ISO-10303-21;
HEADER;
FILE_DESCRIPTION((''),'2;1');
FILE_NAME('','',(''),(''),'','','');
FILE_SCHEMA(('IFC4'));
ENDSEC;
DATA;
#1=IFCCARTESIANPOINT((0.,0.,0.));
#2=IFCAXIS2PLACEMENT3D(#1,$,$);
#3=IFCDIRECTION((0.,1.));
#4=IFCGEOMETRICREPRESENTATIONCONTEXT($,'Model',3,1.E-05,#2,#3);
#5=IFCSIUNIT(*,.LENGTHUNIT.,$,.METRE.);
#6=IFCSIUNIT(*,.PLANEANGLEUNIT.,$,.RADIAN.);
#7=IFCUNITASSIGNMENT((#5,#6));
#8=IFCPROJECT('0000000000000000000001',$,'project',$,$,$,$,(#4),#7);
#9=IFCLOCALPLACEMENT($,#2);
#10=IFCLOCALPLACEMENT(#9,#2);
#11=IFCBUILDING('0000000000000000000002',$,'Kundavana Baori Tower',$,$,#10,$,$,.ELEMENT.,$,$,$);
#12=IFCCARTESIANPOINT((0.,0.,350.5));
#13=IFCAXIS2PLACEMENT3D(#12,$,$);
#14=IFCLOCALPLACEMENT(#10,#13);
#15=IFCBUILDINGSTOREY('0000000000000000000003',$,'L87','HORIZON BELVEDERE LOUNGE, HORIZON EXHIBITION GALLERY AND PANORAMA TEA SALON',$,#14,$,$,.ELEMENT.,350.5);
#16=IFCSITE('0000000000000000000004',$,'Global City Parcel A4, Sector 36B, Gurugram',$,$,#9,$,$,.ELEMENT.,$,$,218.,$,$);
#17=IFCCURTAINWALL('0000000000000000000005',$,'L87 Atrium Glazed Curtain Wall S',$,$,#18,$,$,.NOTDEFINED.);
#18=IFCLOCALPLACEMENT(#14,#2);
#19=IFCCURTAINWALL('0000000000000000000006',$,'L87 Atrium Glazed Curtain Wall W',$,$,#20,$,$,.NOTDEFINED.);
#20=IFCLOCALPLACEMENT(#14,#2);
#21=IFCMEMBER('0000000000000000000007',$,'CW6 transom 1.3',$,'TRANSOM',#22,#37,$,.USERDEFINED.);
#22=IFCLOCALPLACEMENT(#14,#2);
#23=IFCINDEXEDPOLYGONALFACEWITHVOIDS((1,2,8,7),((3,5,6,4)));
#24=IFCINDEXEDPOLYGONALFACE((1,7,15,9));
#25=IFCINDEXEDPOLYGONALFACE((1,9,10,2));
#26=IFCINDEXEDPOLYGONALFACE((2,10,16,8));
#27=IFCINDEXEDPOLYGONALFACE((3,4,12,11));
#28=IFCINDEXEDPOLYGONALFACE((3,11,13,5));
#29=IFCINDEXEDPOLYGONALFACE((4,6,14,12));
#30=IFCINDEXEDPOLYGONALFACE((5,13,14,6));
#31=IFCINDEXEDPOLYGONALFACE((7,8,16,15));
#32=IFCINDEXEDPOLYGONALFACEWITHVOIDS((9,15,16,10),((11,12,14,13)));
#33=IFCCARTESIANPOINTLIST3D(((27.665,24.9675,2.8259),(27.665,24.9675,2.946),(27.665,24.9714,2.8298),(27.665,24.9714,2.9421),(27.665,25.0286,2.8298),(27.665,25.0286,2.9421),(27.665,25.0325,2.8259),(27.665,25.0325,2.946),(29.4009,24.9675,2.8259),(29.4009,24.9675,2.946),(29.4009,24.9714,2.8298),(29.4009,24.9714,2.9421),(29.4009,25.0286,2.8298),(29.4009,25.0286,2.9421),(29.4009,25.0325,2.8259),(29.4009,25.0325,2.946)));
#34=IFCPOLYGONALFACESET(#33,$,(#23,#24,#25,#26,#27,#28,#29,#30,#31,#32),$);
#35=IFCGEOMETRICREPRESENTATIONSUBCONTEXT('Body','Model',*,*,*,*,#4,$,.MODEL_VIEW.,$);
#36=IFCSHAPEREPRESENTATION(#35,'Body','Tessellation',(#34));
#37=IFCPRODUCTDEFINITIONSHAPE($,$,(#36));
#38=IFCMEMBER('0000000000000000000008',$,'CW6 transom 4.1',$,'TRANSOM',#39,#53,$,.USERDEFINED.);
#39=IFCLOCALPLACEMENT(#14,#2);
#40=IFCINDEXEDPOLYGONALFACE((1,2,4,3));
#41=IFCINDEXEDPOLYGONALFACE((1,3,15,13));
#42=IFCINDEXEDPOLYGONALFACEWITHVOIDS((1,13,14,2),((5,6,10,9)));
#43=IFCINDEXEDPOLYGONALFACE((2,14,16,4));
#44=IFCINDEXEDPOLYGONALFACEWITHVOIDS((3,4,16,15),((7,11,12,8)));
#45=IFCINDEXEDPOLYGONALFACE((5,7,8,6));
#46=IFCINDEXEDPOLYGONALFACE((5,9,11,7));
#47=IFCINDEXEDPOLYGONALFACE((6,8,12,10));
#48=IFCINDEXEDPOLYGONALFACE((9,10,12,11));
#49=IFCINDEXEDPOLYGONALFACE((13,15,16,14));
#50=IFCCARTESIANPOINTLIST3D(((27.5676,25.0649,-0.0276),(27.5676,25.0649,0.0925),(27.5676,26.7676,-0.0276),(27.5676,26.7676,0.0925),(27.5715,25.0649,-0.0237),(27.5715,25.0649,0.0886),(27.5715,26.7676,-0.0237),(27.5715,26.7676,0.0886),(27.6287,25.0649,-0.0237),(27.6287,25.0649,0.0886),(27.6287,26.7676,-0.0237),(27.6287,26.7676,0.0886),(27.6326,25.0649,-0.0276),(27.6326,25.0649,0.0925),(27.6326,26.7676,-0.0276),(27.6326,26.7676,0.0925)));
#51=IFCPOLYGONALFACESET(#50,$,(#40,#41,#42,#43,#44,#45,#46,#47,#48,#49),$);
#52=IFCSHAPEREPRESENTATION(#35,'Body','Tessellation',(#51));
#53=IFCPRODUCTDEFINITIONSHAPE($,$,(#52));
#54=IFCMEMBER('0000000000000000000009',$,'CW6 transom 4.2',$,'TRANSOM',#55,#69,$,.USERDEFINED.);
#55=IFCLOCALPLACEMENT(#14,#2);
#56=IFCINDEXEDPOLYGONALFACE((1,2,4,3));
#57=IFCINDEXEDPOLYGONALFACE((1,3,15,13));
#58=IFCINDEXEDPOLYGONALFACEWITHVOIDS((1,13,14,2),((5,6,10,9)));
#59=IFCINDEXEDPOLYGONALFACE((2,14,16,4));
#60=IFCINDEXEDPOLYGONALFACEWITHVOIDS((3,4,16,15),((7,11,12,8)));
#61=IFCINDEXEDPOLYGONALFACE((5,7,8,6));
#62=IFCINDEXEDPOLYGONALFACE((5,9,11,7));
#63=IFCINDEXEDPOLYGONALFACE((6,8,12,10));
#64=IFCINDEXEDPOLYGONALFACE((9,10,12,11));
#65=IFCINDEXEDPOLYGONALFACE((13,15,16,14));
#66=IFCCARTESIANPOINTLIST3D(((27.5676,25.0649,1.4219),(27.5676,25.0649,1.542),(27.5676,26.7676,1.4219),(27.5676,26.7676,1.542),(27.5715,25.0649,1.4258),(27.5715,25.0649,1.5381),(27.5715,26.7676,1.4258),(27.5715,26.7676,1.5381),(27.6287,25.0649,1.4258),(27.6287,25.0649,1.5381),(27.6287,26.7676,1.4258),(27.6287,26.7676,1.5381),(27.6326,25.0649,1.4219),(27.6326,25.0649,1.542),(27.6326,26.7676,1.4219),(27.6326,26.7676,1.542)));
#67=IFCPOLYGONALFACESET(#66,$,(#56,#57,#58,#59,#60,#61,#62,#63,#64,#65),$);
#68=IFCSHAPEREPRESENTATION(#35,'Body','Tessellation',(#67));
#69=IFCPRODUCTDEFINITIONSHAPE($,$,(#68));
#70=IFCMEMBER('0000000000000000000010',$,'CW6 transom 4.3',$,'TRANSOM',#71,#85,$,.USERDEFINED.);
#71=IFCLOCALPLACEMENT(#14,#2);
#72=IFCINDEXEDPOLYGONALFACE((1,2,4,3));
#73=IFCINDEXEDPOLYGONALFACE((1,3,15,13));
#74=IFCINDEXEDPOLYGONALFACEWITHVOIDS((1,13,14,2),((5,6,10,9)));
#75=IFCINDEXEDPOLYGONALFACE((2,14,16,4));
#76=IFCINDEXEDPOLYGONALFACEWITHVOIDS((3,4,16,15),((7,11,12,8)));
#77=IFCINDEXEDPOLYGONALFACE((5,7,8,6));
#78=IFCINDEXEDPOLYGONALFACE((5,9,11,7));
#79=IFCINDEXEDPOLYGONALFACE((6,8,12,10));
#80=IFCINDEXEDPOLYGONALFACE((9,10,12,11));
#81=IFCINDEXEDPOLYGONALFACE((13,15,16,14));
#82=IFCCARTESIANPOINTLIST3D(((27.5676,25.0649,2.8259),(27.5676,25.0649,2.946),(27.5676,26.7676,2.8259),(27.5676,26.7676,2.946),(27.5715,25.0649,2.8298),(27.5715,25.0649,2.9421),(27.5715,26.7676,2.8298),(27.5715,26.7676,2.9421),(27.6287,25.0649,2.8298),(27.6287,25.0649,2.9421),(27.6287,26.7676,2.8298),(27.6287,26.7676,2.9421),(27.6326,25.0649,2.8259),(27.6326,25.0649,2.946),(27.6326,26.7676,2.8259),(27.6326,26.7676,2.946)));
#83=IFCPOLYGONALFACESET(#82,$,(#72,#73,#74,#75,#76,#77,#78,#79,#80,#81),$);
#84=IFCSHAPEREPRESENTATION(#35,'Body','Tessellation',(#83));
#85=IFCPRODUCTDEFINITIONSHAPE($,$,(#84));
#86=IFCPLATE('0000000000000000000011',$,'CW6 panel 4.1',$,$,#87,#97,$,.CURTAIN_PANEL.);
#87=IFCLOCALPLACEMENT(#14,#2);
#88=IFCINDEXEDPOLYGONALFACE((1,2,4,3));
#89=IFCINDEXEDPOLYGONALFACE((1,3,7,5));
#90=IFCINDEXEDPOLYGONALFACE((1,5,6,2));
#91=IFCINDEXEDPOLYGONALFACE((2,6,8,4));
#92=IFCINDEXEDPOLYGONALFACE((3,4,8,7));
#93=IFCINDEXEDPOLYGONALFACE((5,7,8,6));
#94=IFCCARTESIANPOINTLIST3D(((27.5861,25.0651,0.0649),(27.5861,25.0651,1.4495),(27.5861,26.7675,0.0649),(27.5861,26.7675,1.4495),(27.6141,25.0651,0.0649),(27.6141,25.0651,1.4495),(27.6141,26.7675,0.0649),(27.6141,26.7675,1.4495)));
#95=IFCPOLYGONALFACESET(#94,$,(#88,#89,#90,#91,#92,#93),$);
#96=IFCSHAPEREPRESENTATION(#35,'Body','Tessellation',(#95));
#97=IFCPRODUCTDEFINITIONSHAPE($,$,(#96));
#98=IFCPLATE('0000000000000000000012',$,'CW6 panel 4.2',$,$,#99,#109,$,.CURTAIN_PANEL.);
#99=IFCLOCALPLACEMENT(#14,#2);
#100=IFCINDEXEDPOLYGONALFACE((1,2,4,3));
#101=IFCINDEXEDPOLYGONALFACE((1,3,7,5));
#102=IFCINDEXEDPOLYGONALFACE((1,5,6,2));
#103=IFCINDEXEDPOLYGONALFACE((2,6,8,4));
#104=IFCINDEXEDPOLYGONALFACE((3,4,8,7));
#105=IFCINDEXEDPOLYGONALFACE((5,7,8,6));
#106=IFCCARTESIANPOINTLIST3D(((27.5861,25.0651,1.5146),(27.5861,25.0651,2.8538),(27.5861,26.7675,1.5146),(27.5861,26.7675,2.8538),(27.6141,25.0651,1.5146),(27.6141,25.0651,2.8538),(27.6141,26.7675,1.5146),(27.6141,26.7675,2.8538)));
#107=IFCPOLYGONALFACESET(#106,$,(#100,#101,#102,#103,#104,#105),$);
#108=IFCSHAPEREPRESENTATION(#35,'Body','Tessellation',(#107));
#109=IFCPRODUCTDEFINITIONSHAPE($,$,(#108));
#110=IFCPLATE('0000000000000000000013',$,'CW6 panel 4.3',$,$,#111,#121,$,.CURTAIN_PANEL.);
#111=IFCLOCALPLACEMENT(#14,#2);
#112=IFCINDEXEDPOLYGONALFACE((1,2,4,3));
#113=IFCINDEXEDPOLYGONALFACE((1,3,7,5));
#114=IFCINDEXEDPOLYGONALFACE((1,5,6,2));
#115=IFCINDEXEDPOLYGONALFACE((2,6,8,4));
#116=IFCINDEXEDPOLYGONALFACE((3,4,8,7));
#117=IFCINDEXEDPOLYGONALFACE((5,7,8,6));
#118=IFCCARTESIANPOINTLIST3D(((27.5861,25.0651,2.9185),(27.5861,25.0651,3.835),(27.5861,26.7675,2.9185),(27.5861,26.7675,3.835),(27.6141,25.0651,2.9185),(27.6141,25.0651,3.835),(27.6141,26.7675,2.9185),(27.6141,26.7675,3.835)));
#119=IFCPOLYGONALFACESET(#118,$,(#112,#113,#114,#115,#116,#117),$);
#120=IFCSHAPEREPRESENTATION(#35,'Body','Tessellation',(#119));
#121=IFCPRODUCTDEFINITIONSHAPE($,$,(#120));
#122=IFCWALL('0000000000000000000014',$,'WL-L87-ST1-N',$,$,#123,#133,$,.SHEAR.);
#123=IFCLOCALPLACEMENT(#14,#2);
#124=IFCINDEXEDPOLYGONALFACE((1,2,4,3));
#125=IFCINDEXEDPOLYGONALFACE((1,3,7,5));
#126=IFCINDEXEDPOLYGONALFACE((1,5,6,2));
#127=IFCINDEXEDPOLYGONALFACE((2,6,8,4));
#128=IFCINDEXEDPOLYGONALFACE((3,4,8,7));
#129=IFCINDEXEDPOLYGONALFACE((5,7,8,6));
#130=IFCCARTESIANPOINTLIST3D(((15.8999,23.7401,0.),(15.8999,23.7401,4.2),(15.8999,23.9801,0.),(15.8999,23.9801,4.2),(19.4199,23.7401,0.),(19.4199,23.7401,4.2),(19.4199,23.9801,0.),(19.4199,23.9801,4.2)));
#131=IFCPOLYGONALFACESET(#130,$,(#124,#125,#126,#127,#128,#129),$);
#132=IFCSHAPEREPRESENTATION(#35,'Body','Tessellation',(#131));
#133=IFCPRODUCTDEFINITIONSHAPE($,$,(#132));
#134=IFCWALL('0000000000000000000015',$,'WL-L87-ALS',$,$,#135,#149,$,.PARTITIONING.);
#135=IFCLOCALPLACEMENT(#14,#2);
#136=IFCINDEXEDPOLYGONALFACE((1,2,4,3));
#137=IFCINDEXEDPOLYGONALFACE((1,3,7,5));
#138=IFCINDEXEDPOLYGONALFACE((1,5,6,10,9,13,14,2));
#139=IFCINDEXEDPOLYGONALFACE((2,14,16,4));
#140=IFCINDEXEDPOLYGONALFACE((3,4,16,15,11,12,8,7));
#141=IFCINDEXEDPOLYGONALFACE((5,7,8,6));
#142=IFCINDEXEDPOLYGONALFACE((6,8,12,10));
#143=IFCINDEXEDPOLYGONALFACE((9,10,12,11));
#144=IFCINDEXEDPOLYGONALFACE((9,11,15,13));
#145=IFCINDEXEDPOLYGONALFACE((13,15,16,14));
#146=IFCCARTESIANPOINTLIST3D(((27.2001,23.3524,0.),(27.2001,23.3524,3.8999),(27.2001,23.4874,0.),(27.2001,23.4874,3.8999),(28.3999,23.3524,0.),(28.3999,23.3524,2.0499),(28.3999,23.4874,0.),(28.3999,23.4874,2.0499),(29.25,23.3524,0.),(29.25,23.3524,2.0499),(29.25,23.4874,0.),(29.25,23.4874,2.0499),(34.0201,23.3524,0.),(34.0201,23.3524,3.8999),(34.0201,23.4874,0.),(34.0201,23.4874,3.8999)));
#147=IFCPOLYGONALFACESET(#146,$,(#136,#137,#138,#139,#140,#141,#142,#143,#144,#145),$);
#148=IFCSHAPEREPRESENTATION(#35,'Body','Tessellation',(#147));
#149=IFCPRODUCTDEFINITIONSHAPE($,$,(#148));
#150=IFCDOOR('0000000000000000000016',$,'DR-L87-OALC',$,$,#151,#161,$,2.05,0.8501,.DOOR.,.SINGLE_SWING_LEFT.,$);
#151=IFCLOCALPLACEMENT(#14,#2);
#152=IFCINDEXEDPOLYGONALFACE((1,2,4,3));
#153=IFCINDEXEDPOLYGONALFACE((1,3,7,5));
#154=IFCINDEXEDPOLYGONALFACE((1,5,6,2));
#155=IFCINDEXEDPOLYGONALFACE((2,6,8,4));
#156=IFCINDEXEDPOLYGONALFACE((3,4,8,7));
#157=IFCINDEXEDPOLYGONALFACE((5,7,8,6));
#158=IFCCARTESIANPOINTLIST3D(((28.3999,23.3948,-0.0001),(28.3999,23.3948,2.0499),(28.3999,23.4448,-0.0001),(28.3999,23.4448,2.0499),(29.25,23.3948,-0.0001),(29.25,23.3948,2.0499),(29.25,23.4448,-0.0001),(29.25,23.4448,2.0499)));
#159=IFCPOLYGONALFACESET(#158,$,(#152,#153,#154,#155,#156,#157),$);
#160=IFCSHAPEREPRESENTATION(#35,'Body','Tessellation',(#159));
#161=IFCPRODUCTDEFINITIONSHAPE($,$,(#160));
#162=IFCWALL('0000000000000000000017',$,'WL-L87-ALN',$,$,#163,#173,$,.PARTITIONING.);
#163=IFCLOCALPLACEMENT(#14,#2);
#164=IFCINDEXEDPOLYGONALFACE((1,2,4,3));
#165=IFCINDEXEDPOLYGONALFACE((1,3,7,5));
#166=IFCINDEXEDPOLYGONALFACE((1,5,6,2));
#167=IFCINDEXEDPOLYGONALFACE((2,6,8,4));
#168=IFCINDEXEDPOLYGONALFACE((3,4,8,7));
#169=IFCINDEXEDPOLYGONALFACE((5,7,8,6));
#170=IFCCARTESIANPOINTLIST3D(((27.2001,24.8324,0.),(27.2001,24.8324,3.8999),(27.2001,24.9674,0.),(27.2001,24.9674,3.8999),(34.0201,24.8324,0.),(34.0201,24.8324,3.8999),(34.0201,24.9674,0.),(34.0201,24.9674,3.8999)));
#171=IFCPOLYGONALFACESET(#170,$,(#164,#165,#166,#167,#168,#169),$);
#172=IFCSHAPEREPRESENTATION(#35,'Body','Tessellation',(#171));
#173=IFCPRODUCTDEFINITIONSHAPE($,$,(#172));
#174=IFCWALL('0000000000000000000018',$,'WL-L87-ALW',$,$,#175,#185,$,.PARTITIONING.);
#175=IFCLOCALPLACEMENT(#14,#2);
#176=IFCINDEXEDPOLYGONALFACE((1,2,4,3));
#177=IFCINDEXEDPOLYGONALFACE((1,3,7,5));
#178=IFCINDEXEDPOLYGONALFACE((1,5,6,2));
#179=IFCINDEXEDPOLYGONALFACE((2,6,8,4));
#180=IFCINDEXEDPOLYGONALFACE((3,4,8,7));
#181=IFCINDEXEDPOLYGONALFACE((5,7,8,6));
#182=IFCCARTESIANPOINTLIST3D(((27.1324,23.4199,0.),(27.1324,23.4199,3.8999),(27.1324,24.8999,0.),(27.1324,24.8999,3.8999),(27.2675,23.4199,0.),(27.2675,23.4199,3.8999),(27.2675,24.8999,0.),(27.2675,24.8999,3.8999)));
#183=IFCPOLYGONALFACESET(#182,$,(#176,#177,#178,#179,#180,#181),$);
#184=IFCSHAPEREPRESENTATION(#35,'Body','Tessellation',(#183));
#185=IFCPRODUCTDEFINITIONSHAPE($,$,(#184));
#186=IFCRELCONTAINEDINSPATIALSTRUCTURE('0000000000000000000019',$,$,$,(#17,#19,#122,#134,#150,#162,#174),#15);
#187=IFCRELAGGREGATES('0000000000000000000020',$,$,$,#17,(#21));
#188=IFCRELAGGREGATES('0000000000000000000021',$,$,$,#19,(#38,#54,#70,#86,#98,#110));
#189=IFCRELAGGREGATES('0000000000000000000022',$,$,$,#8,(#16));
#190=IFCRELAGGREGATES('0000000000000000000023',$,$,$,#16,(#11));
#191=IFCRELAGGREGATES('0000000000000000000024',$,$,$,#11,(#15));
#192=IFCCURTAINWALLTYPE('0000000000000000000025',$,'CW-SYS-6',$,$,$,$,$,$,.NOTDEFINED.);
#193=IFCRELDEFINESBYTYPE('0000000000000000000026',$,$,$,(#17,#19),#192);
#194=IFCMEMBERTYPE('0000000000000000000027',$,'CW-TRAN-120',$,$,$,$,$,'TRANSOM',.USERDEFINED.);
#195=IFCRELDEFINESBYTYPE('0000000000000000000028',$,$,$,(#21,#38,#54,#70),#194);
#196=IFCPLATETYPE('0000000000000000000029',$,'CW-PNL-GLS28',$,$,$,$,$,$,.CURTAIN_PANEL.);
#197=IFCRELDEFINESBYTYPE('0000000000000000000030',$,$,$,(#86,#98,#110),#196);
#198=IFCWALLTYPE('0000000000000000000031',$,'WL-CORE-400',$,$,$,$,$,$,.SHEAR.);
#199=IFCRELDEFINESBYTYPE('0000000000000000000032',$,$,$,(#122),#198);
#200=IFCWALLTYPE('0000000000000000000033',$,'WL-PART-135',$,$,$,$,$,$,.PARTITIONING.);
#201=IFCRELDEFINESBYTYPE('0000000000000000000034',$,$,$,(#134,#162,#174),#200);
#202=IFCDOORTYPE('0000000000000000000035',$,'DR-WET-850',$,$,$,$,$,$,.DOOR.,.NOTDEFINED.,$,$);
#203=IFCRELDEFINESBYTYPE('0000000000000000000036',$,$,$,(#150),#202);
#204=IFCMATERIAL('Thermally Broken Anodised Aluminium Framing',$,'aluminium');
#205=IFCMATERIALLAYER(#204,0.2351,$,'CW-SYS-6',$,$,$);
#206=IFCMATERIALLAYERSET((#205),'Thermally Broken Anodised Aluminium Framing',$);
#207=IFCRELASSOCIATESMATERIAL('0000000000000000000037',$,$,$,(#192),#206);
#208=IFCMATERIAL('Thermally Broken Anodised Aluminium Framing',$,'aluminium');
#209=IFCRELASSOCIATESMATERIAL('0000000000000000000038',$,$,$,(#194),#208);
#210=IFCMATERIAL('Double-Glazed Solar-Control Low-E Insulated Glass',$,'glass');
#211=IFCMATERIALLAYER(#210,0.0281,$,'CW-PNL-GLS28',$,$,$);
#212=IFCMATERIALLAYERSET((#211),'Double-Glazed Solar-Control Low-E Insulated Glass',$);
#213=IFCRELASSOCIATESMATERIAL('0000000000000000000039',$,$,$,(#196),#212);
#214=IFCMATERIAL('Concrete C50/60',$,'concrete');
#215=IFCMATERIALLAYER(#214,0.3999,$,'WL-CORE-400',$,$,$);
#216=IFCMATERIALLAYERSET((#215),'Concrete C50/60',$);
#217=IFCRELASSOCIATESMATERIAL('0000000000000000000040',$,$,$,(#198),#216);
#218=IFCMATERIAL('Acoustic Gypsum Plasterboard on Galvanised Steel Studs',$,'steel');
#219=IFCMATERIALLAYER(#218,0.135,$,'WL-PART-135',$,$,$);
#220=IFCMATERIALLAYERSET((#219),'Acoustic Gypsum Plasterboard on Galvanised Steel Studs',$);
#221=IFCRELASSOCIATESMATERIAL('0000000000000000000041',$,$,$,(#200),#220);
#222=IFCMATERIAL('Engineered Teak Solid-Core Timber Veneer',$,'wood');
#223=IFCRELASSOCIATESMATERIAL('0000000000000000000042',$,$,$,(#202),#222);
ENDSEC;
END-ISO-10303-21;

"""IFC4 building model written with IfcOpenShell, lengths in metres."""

from ifc_helpers import new_model, si_unit, direction, frame, frame_2d, origin, origin_2d, place, context, subcontext, project, spatial, rectangle, hollow_rectangle, extrude, material, layer, layer_set, material_profile, profile_set, type_object, element, fill, aggregate, save


model = new_model("IFC4")

# Units and contexts
model_context = context("Model", 3, precision=1e-05, world=origin(), true_north=direction((0.0, 1.0)))
body_context = subcontext(model_context, "Body", "Model", "MODEL_VIEW")
ifc_project = project(units=[si_unit("LENGTHUNIT", "METRE"), si_unit("PLANEANGLEUNIT", "RADIAN")], contexts=[model_context])

# Site, building, storey
site_placement = place(None, origin())
site = spatial("IfcSite", under=ifc_project, at=site_placement, Name="Global City Parcel A4, Sector 36B, Gurugram", CompositionType="ELEMENT", RefElevation=218.0)
building_placement = place(site_placement, origin())
building = spatial("IfcBuilding", under=site, at=building_placement, Name="Kundavana Baori Tower", CompositionType="ELEMENT")
storey_placement = place(building_placement, frame((0.0, 0.0, 350.5)))
storey = spatial("IfcBuildingStorey", under=building, at=storey_placement, Name="L87", Description="HORIZON BELVEDERE LOUNGE, HORIZON EXHIBITION GALLERY AND PANORAMA TEA SALON", CompositionType="ELEMENT", Elevation=350.5)

# Curtain walls
ifc_material_1 = material(Name="Thermally Broken Anodised Aluminium Framing", Category="aluminium")
ifc_layer_1 = layer(ifc_material_1, 0.2351, Name="CW-SYS-6")
ifc_layer_set_1 = layer_set([ifc_layer_1], Name="Thermally Broken Anodised Aluminium Framing")
curtain_wall_type = type_object("IfcCurtainWallType", Name="CW-SYS-6", PredefinedType="NOTDEFINED", material=ifc_layer_set_1)
curtain_wall_1_placement = place(storey_placement, origin())
curtain_wall_1 = element("IfcCurtainWall", 1, at=curtain_wall_1_placement, inside=storey, type_object=curtain_wall_type, Name="L87 Atrium Glazed Curtain Wall S", PredefinedType="NOTDEFINED")
curtain_wall_2_placement = place(storey_placement, origin())
curtain_wall_2 = element("IfcCurtainWall", 2, at=curtain_wall_2_placement, inside=storey, type_object=curtain_wall_type, Name="L87 Atrium Glazed Curtain Wall W", PredefinedType="NOTDEFINED")

# Members
ifc_material_2 = material(Name="Thermally Broken Anodised Aluminium Framing", Category="aluminium")
ifc_material_profile_1 = material_profile(ifc_material_2, hollow_rectangle(XDim=0.0649, YDim=0.1201, WallThickness=0.0039, at=origin_2d()), Name="CW-TRAN-120")
ifc_profile_set_1 = profile_set([ifc_material_profile_1], Name="Thermally Broken Anodised Aluminium Framing")
member_type_1 = type_object("IfcMemberType", Name="CW-TRAN-120", ElementType="TRANSOM", PredefinedType="USERDEFINED", material=ifc_profile_set_1)
member_1_placement = place(storey_placement, frame((27.665, 25.0, 2.886), z_axis=(1.0, 0.0, 0.0), x_axis=(0.0, 1.0, 0.0)))
member_1 = element("IfcMember", 3, at=member_1_placement, type_object=member_type_1, Name="CW6 transom 1.3", ObjectType="TRANSOM", PredefinedType="USERDEFINED", context=body_context, shape_type="SweptSolid", body=[
    extrude(hollow_rectangle(XDim=0.0649, YDim=0.1201, WallThickness=0.0039, at=origin_2d()), origin(), (0.0, 0.0, 1.0), 1.7358),
])
aggregate(curtain_wall_1, [member_1])
member_2_placement = place(storey_placement, frame((27.6001, 26.7676, 0.0325), z_axis=(0.0, -1.0, 0.0), x_axis=(1.0, 0.0, 0.0)))
member_2 = element("IfcMember", 4, at=member_2_placement, type_object=member_type_1, Name="CW6 transom 4.1", ObjectType="TRANSOM", PredefinedType="USERDEFINED", context=body_context, shape_type="SweptSolid", body=[
    extrude(hollow_rectangle(XDim=0.0649, YDim=0.1201, WallThickness=0.0039, at=origin_2d()), origin(), (0.0, 0.0, 1.0), 1.7026),
])
member_3_placement = place(storey_placement, frame((27.6001, 26.7676, 1.4819), z_axis=(0.0, -1.0, 0.0), x_axis=(1.0, 0.0, 0.0)))
member_3 = element("IfcMember", 5, at=member_3_placement, type_object=member_type_1, Name="CW6 transom 4.2", ObjectType="TRANSOM", PredefinedType="USERDEFINED", context=body_context, shape_type="SweptSolid", body=[
    extrude(hollow_rectangle(XDim=0.0649, YDim=0.1201, WallThickness=0.0039, at=origin_2d()), origin(), (0.0, 0.0, 1.0), 1.7026),
])
member_4_placement = place(storey_placement, frame((27.6001, 26.7676, 2.886), z_axis=(0.0, -1.0, 0.0), x_axis=(1.0, 0.0, 0.0)))
member_4 = element("IfcMember", 6, at=member_4_placement, type_object=member_type_1, Name="CW6 transom 4.3", ObjectType="TRANSOM", PredefinedType="USERDEFINED", context=body_context, shape_type="SweptSolid", body=[
    extrude(hollow_rectangle(XDim=0.0649, YDim=0.1201, WallThickness=0.0039, at=origin_2d()), origin(), (0.0, 0.0, 1.0), 1.7026),
])

# Plates
ifc_material_3 = material(Name="Double-Glazed Solar-Control Low-E Insulated Glass", Category="glass")
ifc_layer_2 = layer(ifc_material_3, 0.0281, Name="CW-PNL-GLS28")
ifc_layer_set_2 = layer_set([ifc_layer_2], Name="Double-Glazed Solar-Control Low-E Insulated Glass")
plate_type = type_object("IfcPlateType", Name="CW-PNL-GLS28", PredefinedType="CURTAIN_PANEL", material=ifc_layer_set_2)
plate_1_placement = place(storey_placement, frame((27.6001, 25.9163, 0.0649), z_axis=(0.0, 0.0, 1.0), x_axis=(0.0, -1.0, 0.0)))
plate_1 = element("IfcPlate", 7, at=plate_1_placement, type_object=plate_type, Name="CW6 panel 4.1", PredefinedType="CURTAIN_PANEL", context=body_context, shape_type="SweptSolid", body=[
    extrude(rectangle(XDim=1.7024, YDim=0.0281, at=origin_2d()), origin(), (0.0, 0.0, 1.0), 1.3845),
])
plate_2_placement = place(storey_placement, frame((27.6001, 25.9163, 1.5146), z_axis=(0.0, 0.0, 1.0), x_axis=(0.0, -1.0, 0.0)))
plate_2 = element("IfcPlate", 8, at=plate_2_placement, type_object=plate_type, Name="CW6 panel 4.2", PredefinedType="CURTAIN_PANEL", context=body_context, shape_type="SweptSolid", body=[
    extrude(rectangle(XDim=1.7024, YDim=0.0281, at=origin_2d()), origin(), (0.0, 0.0, 1.0), 1.3391),
])
plate_3_placement = place(storey_placement, frame((27.6001, 25.9163, 2.9185), z_axis=(0.0, 0.0, 1.0), x_axis=(0.0, -1.0, 0.0)))
plate_3 = element("IfcPlate", 9, at=plate_3_placement, type_object=plate_type, Name="CW6 panel 4.3", PredefinedType="CURTAIN_PANEL", context=body_context, shape_type="SweptSolid", body=[
    extrude(rectangle(XDim=1.7024, YDim=0.0281, at=origin_2d()), origin(), (0.0, 0.0, 1.0), 0.9165),
])
aggregate(curtain_wall_2, [member_2, member_3, member_4, plate_1, plate_2, plate_3])

# Wall
ifc_material_4 = material(Name="Concrete C50/60", Category="concrete")
ifc_layer_3 = layer(ifc_material_4, 0.3999, Name="WL-CORE-400")
ifc_layer_set_3 = layer_set([ifc_layer_3], Name="Concrete C50/60")
wall_type_1 = type_object("IfcWallType", Name="WL-CORE-400", PredefinedType="SHEAR", material=ifc_layer_set_3)
wall_1_placement = place(storey_placement, frame((15.8999, 23.8601, 0.0), z_axis=(0.0, 0.0, 1.0), x_axis=(1.0, 0.0, 0.0)))
element("IfcWall", 10, at=wall_1_placement, inside=storey, type_object=wall_type_1, Name="WL-L87-ST1-N", PredefinedType="SHEAR", context=body_context, shape_type="SweptSolid", body=[
    extrude(rectangle(XDim=3.52, YDim=0.24, at=frame_2d((1.76, 0.0))), origin(), (0.0, 0.0, 1.0), 4.2),
])

# Wall, opening, door
ifc_material_5 = material(Name="Acoustic Gypsum Plasterboard on Galvanised Steel Studs", Category="steel")
ifc_layer_4 = layer(ifc_material_5, 0.135, Name="WL-PART-135")
ifc_layer_set_4 = layer_set([ifc_layer_4], Name="Acoustic Gypsum Plasterboard on Galvanised Steel Studs")
wall_type_2 = type_object("IfcWallType", Name="WL-PART-135", PredefinedType="PARTITIONING", material=ifc_layer_set_4)
wall_2_placement = place(storey_placement, frame((27.2, 23.4199, 0.0), z_axis=(0.0, 0.0, 1.0), x_axis=(1.0, 0.0, 0.0)))
wall_2 = element("IfcWall", 11, at=wall_2_placement, inside=storey, type_object=wall_type_2, Name="WL-L87-ALS", PredefinedType="PARTITIONING", context=body_context, shape_type="SweptSolid", body=[
    extrude(rectangle(XDim=6.8201, YDim=0.135, at=frame_2d((3.4102, 0.0))), origin(), (0.0, 0.0, 1.0), 3.8999),
])
opening_1_placement = place(wall_2_placement, frame((1.2, 0.0, 0.0)))
opening_1 = element("IfcOpeningElement", 12, at=opening_1_placement, cuts=wall_2, PredefinedType="OPENING", context=body_context, shape_type="SweptSolid", body=[
    extrude(rectangle(XDim=0.8501, YDim=2.05, at=frame_2d((0.425, 1.0249))), frame((0.0, 0.0776, 0.0), z_axis=(0.0, -1.0, 0.0), x_axis=(1.0, 0.0, 0.0)), (0.0, 0.0, 1.0), 0.155),
])
ifc_material_6 = material(Name="Engineered Teak Solid-Core Timber Veneer", Category="wood")
door_type_1 = type_object("IfcDoorType", Name="DR-WET-850", OperationType="NOTDEFINED", PredefinedType="DOOR", material=ifc_material_6)
door_1_placement = place(opening_1_placement, origin())
door_1 = element("IfcDoor", 13, at=door_1_placement, inside=storey, type_object=door_type_1, Name="DR-L87-OALC", OperationType="SINGLE_SWING_LEFT", OverallHeight=2.05, OverallWidth=0.8501, PredefinedType="DOOR", context=body_context, shape_type="SweptSolid", body=[
    extrude(rectangle(XDim=0.8501, YDim=2.05, at=frame_2d((0.425, 1.0249))), frame((0.0, 0.0249, 0.0), z_axis=(0.0, -1.0, 0.0), x_axis=(1.0, 0.0, 0.0)), (0.0, 0.0, 1.0), 0.05),
])
fill(opening_1, door_1)

# Walls
wall_3_placement = place(storey_placement, frame((27.2, 24.8999, 0.0), z_axis=(0.0, 0.0, 1.0), x_axis=(1.0, 0.0, 0.0)))
element("IfcWall", 14, at=wall_3_placement, inside=storey, type_object=wall_type_2, Name="WL-L87-ALN", PredefinedType="PARTITIONING", context=body_context, shape_type="SweptSolid", body=[
    extrude(rectangle(XDim=6.8201, YDim=0.135, at=frame_2d((3.4102, 0.0))), origin(), (0.0, 0.0, 1.0), 3.8999),
])
wall_4_placement = place(storey_placement, frame((27.2, 23.4199, 0.0), z_axis=(0.0, 0.0, 1.0), x_axis=(0.0, 1.0, 0.0)))
element("IfcWall", 15, at=wall_4_placement, inside=storey, type_object=wall_type_2, Name="WL-L87-ALW", PredefinedType="PARTITIONING", context=body_context, shape_type="SweptSolid", body=[
    extrude(rectangle(XDim=1.48, YDim=0.135, at=frame_2d((0.74, 0.0))), origin(), (0.0, 0.0, 1.0), 3.8999),
])

save(model, "model.ifc")
